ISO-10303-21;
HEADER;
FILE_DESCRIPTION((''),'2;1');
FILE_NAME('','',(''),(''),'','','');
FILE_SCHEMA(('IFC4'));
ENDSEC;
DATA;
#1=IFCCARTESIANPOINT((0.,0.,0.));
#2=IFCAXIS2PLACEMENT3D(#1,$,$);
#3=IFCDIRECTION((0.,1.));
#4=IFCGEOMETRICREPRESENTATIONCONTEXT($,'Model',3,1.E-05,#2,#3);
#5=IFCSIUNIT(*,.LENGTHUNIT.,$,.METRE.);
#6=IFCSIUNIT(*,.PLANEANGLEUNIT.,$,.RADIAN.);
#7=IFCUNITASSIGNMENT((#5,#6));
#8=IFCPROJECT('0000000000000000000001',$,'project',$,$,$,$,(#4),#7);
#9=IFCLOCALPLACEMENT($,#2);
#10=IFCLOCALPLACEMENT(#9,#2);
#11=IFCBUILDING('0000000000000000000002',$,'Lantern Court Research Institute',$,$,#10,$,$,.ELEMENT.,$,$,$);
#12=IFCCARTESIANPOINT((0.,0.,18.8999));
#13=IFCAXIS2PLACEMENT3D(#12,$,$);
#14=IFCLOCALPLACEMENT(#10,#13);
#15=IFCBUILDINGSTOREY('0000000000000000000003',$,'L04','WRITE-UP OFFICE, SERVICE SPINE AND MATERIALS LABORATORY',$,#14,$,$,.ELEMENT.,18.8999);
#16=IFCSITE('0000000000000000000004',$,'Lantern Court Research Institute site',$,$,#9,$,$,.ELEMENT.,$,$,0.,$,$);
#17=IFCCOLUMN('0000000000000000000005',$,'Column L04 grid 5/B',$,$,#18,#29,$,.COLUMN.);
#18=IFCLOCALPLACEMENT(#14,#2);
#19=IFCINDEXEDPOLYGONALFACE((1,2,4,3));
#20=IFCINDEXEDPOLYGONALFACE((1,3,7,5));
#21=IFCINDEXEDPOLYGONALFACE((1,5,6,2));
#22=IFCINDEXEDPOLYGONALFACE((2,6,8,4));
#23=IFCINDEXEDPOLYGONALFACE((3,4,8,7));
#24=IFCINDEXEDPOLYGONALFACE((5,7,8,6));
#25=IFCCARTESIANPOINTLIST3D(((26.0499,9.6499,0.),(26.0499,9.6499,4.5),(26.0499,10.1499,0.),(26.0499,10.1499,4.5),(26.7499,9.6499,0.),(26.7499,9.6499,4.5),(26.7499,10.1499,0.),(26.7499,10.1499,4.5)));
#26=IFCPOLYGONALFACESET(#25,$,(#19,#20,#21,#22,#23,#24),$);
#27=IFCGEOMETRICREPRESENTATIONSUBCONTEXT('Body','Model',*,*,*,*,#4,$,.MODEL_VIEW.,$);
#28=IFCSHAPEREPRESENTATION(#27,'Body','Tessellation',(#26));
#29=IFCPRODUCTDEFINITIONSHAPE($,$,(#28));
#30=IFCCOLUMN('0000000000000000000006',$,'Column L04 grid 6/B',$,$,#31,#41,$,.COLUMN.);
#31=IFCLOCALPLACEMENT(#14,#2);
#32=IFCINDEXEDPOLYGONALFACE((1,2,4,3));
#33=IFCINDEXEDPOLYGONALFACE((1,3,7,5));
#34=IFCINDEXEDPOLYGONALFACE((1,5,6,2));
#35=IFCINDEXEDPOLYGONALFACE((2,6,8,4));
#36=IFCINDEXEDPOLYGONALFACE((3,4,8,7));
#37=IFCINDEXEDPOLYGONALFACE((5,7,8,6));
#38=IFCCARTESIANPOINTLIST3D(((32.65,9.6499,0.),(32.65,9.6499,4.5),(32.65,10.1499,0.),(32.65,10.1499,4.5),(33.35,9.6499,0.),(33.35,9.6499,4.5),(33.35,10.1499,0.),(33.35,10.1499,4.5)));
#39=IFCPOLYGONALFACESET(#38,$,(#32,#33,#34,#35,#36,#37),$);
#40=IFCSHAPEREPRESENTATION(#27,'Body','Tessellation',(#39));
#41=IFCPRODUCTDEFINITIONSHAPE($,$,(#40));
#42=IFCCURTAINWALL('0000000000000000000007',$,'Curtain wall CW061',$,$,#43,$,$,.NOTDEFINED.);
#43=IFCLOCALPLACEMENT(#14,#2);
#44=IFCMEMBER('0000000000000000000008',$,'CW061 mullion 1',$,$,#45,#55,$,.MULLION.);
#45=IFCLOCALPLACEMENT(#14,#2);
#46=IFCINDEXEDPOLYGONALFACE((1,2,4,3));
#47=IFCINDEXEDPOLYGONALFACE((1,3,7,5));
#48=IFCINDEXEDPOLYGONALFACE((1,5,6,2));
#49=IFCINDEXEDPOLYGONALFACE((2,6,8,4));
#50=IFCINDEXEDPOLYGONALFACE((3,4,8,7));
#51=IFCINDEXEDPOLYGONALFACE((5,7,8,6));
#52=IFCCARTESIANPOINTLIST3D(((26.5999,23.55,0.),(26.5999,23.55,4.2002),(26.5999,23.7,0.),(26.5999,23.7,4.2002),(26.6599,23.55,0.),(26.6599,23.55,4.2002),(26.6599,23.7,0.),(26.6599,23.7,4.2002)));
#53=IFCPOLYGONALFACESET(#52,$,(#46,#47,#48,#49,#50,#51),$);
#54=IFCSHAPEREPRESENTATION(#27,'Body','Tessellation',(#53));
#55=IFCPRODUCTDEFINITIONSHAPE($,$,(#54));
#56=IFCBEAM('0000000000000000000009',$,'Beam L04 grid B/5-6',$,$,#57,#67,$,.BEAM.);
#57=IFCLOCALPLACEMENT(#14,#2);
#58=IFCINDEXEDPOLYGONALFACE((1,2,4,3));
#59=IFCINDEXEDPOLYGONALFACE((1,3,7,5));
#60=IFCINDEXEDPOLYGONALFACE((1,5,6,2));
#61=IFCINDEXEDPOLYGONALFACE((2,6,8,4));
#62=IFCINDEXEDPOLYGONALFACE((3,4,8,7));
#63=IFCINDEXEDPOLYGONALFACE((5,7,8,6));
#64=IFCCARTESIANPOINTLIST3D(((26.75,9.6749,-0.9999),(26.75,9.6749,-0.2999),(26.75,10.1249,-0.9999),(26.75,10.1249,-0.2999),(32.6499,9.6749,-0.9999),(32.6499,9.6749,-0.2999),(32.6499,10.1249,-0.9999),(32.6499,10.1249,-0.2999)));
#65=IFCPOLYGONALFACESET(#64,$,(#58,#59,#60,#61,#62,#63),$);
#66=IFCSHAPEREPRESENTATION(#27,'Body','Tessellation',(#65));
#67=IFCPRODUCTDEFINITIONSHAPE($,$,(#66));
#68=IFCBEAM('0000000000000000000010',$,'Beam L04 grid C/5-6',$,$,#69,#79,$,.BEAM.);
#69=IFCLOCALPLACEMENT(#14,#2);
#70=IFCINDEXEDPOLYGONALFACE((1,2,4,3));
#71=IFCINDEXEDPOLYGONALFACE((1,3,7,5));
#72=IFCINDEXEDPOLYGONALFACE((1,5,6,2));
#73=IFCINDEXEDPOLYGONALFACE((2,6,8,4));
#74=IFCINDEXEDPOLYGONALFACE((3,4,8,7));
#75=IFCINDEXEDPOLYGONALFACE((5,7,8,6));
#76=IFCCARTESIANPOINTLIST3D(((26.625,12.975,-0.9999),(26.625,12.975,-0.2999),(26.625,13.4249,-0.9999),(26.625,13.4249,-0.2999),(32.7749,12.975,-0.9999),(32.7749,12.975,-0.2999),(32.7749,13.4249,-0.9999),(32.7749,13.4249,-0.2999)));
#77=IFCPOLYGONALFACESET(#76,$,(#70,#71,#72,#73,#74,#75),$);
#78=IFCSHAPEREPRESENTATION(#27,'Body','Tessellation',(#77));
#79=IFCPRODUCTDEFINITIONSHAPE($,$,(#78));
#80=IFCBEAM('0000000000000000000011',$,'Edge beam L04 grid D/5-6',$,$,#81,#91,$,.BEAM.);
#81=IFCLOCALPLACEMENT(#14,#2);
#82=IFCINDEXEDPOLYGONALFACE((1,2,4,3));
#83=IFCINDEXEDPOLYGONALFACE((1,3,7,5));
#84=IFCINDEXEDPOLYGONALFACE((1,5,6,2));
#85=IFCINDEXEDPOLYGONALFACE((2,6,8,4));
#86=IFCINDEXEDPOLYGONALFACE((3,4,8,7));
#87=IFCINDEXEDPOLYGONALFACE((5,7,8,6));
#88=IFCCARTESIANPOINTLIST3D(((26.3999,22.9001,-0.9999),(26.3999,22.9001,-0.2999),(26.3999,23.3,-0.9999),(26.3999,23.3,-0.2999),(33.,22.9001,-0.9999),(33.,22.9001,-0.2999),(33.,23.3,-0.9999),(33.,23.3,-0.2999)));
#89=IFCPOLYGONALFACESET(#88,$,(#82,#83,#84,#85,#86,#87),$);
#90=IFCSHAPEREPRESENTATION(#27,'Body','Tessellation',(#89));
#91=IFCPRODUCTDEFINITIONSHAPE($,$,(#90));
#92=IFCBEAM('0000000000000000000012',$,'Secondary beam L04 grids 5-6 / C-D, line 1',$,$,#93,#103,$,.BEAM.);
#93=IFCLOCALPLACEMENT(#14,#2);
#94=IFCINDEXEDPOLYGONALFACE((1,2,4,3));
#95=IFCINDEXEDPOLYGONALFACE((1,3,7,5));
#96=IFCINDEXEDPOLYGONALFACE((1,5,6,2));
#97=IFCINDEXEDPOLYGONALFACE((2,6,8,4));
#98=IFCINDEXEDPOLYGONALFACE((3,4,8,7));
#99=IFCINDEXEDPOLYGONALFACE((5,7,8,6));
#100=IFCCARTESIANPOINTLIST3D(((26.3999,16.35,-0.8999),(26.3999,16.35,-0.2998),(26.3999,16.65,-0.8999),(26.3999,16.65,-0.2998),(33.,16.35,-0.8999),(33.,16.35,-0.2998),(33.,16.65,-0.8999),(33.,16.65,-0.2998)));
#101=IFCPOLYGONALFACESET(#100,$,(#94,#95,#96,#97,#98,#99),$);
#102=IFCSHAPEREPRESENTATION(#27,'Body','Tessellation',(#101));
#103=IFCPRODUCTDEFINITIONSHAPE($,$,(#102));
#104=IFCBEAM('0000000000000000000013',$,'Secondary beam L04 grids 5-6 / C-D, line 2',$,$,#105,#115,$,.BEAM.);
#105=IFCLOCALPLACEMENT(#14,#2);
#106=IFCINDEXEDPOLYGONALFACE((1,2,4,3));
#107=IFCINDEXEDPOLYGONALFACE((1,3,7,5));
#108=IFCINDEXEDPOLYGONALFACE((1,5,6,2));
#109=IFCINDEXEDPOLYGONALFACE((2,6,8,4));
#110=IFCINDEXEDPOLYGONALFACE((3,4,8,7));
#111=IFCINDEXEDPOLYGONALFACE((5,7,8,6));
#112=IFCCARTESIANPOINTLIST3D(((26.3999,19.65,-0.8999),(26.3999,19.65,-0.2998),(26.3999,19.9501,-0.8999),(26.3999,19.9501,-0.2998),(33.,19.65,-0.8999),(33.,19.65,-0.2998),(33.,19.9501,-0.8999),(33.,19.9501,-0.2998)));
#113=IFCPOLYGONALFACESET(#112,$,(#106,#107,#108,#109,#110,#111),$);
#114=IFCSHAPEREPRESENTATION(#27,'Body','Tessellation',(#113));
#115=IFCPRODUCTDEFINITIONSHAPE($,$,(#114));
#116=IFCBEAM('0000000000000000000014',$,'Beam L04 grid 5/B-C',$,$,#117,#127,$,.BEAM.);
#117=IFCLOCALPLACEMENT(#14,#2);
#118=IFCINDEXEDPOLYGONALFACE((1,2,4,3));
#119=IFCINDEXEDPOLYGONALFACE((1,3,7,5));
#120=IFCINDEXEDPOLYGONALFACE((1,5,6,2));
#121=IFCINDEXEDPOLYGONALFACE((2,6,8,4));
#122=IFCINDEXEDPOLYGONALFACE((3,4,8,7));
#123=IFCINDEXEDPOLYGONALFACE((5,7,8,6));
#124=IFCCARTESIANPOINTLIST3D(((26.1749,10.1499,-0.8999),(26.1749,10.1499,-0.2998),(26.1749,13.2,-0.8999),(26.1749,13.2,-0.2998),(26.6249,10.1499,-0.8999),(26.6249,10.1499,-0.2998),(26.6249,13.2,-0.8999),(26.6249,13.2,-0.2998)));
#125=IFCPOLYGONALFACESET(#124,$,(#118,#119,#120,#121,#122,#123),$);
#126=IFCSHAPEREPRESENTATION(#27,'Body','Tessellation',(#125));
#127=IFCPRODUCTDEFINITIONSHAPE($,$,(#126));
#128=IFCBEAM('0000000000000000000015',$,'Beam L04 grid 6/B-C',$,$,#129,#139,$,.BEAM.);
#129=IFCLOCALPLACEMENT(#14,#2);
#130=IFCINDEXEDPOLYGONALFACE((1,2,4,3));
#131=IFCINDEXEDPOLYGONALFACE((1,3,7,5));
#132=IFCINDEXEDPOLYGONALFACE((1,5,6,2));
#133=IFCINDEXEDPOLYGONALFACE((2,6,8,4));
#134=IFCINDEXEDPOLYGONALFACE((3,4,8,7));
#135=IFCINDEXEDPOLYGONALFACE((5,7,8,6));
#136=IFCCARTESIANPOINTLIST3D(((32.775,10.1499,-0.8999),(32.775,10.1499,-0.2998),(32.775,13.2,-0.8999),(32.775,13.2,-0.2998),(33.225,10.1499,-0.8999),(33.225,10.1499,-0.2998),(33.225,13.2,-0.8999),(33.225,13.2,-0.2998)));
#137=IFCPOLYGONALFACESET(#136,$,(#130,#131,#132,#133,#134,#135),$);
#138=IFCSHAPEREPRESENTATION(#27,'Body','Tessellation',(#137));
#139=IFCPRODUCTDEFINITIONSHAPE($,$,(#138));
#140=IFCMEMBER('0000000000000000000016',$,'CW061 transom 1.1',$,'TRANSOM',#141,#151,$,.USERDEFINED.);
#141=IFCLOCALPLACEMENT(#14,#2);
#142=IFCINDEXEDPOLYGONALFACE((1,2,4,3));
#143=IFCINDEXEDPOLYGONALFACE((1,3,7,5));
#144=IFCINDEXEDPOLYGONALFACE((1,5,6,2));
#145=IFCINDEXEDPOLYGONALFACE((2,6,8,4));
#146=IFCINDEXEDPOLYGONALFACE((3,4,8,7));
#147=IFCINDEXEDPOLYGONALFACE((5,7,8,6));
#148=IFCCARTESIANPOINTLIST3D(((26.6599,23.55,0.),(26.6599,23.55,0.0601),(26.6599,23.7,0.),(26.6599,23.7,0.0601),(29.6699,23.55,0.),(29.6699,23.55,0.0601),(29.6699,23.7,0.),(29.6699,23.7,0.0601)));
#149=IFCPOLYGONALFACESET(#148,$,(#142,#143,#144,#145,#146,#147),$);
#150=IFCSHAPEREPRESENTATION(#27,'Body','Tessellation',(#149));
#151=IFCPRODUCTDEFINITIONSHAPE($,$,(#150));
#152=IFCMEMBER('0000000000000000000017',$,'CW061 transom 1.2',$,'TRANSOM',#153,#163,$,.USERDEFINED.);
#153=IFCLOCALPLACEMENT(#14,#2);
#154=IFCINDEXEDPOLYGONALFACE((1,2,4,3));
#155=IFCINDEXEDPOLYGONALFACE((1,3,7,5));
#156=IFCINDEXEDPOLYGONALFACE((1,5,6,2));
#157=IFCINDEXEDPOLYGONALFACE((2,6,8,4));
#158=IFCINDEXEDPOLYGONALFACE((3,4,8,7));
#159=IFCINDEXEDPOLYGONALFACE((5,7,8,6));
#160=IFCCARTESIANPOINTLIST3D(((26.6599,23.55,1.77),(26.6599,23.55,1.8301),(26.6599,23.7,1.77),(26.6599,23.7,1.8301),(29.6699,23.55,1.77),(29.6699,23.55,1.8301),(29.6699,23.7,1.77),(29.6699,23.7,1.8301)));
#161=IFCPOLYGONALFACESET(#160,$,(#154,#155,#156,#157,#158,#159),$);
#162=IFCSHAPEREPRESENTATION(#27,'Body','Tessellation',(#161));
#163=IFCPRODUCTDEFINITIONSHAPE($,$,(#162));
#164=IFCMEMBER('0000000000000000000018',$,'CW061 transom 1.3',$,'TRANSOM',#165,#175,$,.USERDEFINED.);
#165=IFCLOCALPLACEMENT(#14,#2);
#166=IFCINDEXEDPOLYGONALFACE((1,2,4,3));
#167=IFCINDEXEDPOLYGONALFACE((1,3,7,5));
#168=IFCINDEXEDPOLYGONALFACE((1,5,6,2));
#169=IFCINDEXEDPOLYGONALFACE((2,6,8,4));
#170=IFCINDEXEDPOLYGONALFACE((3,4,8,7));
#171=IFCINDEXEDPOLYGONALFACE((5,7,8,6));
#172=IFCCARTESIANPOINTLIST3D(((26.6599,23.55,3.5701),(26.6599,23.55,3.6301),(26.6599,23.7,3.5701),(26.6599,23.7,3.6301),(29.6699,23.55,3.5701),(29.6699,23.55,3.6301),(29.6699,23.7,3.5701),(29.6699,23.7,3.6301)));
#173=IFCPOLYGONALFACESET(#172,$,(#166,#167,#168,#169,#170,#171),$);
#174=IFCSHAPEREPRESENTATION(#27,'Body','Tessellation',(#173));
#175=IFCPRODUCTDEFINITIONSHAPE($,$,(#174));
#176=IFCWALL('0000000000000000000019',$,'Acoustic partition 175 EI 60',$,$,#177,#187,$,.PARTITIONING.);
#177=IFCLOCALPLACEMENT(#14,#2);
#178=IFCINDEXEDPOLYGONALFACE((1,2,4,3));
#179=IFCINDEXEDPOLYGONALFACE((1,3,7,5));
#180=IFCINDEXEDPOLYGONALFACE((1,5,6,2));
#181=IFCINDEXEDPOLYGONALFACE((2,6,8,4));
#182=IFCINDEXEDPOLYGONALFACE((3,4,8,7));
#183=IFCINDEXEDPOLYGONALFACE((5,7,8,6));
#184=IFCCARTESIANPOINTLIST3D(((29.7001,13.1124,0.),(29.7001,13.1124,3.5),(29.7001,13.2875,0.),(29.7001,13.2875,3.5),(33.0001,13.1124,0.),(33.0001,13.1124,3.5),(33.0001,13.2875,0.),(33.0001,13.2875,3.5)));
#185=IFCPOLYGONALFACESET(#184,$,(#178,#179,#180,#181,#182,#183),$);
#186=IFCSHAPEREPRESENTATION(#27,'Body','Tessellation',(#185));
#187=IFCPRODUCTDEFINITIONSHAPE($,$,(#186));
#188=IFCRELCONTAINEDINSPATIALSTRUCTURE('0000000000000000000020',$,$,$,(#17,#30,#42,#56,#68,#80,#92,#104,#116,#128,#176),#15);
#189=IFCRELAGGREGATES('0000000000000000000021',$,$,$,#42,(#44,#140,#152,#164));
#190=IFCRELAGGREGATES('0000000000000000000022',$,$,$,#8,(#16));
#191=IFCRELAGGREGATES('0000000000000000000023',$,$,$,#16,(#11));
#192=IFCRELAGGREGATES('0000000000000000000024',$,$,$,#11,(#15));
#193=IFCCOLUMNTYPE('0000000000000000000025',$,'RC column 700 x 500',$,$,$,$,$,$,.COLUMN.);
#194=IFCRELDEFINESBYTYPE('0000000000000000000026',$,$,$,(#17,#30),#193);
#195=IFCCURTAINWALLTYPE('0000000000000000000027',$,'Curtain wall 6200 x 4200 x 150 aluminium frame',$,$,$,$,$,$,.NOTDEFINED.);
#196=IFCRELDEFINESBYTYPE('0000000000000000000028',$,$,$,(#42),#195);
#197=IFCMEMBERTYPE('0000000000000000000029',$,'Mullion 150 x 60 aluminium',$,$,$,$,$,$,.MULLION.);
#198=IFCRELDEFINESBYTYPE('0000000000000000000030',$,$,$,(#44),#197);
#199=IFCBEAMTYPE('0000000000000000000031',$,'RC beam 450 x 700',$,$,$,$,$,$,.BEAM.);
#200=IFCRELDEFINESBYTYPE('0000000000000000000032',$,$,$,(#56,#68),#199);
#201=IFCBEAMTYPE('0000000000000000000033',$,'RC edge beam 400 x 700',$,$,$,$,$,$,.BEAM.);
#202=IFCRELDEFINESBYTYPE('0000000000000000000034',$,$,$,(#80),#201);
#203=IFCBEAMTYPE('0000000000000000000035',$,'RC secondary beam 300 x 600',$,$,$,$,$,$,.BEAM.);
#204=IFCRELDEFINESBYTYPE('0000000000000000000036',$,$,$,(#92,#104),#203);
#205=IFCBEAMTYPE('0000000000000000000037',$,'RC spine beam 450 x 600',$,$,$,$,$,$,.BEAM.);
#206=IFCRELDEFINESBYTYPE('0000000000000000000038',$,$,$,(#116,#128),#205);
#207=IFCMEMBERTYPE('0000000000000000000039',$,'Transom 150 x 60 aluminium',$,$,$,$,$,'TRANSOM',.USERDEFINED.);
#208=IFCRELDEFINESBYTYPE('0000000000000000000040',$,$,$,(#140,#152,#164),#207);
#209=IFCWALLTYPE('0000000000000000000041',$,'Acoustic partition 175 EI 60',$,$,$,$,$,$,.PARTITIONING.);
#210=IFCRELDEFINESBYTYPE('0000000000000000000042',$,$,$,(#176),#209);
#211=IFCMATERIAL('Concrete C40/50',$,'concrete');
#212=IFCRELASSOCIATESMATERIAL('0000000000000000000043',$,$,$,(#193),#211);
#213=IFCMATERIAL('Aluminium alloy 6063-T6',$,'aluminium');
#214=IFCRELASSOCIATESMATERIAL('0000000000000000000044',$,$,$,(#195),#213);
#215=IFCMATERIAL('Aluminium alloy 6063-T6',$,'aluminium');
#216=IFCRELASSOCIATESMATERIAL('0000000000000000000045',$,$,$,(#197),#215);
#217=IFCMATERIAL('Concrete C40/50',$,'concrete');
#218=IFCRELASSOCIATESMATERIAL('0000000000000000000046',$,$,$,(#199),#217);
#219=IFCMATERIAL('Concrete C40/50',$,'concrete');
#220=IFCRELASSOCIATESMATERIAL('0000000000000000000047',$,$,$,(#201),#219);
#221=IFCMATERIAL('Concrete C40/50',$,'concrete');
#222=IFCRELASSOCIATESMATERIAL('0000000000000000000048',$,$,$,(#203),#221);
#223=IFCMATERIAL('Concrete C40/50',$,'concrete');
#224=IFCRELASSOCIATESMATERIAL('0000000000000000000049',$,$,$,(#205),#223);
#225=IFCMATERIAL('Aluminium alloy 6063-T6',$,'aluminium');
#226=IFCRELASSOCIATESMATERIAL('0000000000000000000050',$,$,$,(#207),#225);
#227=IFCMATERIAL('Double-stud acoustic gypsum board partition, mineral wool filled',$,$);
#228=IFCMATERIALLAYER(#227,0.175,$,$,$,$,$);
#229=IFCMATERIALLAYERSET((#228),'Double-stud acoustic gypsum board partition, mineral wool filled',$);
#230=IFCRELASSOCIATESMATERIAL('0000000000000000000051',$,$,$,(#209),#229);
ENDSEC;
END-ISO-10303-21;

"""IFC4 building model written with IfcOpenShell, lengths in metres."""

from ifc_helpers import new_model, si_unit, direction, frame, frame_2d, origin, origin_2d, place, context, subcontext, project, spatial, rectangle, extrude, material, layer, layer_set, material_profile, profile_set, type_object, element, aggregate, save


model = new_model("IFC4")

# Units and contexts
model_context = context("Model", 3, precision=1e-05, world=origin(), true_north=direction((0.0, 1.0)))
body_context = subcontext(model_context, "Body", "Model", "MODEL_VIEW")
ifc_project = project(units=[si_unit("LENGTHUNIT", "METRE"), si_unit("PLANEANGLEUNIT", "RADIAN")], contexts=[model_context])

# Site, building, storey
site_placement = place(None, origin())
site = spatial("IfcSite", under=ifc_project, at=site_placement, Name="Lantern Court Research Institute site", CompositionType="ELEMENT", RefElevation=0.0)
building_placement = place(site_placement, origin())
building = spatial("IfcBuilding", under=site, at=building_placement, Name="Lantern Court Research Institute", CompositionType="ELEMENT")
storey_placement = place(building_placement, frame((0.0, 0.0, 18.8999)))
storey = spatial("IfcBuildingStorey", under=building, at=storey_placement, Name="L04", Description="WRITE-UP OFFICE, SERVICE SPINE AND MATERIALS LABORATORY", CompositionType="ELEMENT", Elevation=18.8999)

# Columns
ifc_material_1 = material(Name="Concrete C40/50", Category="concrete")
ifc_material_profile_1 = material_profile(ifc_material_1, rectangle(XDim=0.7, YDim=0.5, at=origin_2d()), Name="RC column 700 x 500")
ifc_profile_set_1 = profile_set([ifc_material_profile_1], Name="Concrete C40/50")
column_type = type_object("IfcColumnType", Name="RC column 700 x 500", PredefinedType="COLUMN", material=ifc_profile_set_1)
for number, where, z_axis, x_axis, name in (
    (1, (26.3999, 9.8999, 0.0), (0.0, 0.0, 1.0), (1.0, 0.0, 0.0), "Column L04 grid 5/B"),
    (2, (33.0, 9.8999, 0.0), (0.0, 0.0, 1.0), (1.0, 0.0, 0.0), "Column L04 grid 6/B"),
):
    element("IfcColumn", number, at=place(storey_placement, frame(where, z_axis=z_axis, x_axis=x_axis)), inside=storey, type_object=column_type, Name=name, PredefinedType="COLUMN", context=body_context, shape_type="SweptSolid", body=[
        extrude(rectangle(XDim=0.7, YDim=0.5, at=origin_2d()), origin(), (0.0, 0.0, 1.0), 4.5),
    ])

# Curtain wall, member
ifc_material_2 = material(Name="Aluminium alloy 6063-T6", Category="aluminium")
curtain_wall_type = type_object("IfcCurtainWallType", Name="Curtain wall 6200 x 4200 x 150 aluminium frame", PredefinedType="NOTDEFINED", material=ifc_material_2)
curtain_wall_placement = place(storey_placement, origin())
curtain_wall = element("IfcCurtainWall", 3, at=curtain_wall_placement, inside=storey, type_object=curtain_wall_type, Name="Curtain wall CW061", PredefinedType="NOTDEFINED")
ifc_material_3 = material(Name="Aluminium alloy 6063-T6", Category="aluminium")
ifc_material_profile_2 = material_profile(ifc_material_3, rectangle(XDim=0.1499, YDim=0.0601, at=origin_2d()), Name="Mullion 150 x 60")
ifc_profile_set_2 = profile_set([ifc_material_profile_2], Name="Aluminium alloy 6063-T6")
member_type_1 = type_object("IfcMemberType", Name="Mullion 150 x 60 aluminium", PredefinedType="MULLION", material=ifc_profile_set_2)
member_1_placement = place(storey_placement, frame((26.6299, 23.625, 0.0), z_axis=(0.0, 0.0, 1.0), x_axis=(0.0, 1.0, 0.0)))
member_1 = element("IfcMember", 4, at=member_1_placement, type_object=member_type_1, Name="CW061 mullion 1", PredefinedType="MULLION", context=body_context, shape_type="SweptSolid", body=[
    extrude(rectangle(XDim=0.1499, YDim=0.0601, at=origin_2d()), origin(), (0.0, 0.0, 1.0), 4.2002),
])

# Beams
ifc_material_4 = material(Name="Concrete C40/50", Category="concrete")
ifc_material_profile_3 = material_profile(ifc_material_4, rectangle(XDim=0.45, YDim=0.7, at=origin_2d()), Name="RC beam 450 x 700")
ifc_profile_set_3 = profile_set([ifc_material_profile_3], Name="Concrete C40/50")
beam_type_1 = type_object("IfcBeamType", Name="RC beam 450 x 700", PredefinedType="BEAM", material=ifc_profile_set_3)
beam_1_placement = place(storey_placement, frame((26.75, 9.8999, -0.6499), z_axis=(1.0, 0.0, 0.0), x_axis=(0.0, 1.0, 0.0)))
element("IfcBeam", 5, at=beam_1_placement, inside=storey, type_object=beam_type_1, Name="Beam L04 grid B/5-6", PredefinedType="BEAM", context=body_context, shape_type="SweptSolid", body=[
    extrude(rectangle(XDim=0.45, YDim=0.7, at=origin_2d()), origin(), (0.0, 0.0, 1.0), 5.8999),
])
beam_2_placement = place(storey_placement, frame((26.625, 13.2, -0.6499), z_axis=(1.0, 0.0, 0.0), x_axis=(0.0, 1.0, 0.0)))
element("IfcBeam", 6, at=beam_2_placement, inside=storey, type_object=beam_type_1, Name="Beam L04 grid C/5-6", PredefinedType="BEAM", context=body_context, shape_type="SweptSolid", body=[
    extrude(rectangle(XDim=0.45, YDim=0.7, at=origin_2d()), origin(), (0.0, 0.0, 1.0), 6.1499),
])
ifc_material_5 = material(Name="Concrete C40/50", Category="concrete")
ifc_material_profile_4 = material_profile(ifc_material_5, rectangle(XDim=0.3999, YDim=0.7, at=origin_2d()), Name="RC beam 400 x 700")
ifc_profile_set_4 = profile_set([ifc_material_profile_4], Name="Concrete C40/50")
beam_type_2 = type_object("IfcBeamType", Name="RC edge beam 400 x 700", PredefinedType="BEAM", material=ifc_profile_set_4)
beam_3_placement = place(storey_placement, frame((26.3999, 23.1001, -0.6499), z_axis=(1.0, 0.0, 0.0), x_axis=(0.0, 1.0, 0.0)))
element("IfcBeam", 7, at=beam_3_placement, inside=storey, type_object=beam_type_2, Name="Edge beam L04 grid D/5-6", PredefinedType="BEAM", context=body_context, shape_type="SweptSolid", body=[
    extrude(rectangle(XDim=0.3999, YDim=0.7, at=origin_2d()), origin(), (0.0, 0.0, 1.0), 6.6001),
])
ifc_material_6 = material(Name="Concrete C40/50", Category="concrete")
ifc_material_profile_5 = material_profile(ifc_material_6, rectangle(XDim=0.3, YDim=0.6001, at=origin_2d()), Name="RC beam 300 x 600")
ifc_profile_set_5 = profile_set([ifc_material_profile_5], Name="Concrete C40/50")
beam_type_3 = type_object("IfcBeamType", Name="RC secondary beam 300 x 600", PredefinedType="BEAM", material=ifc_profile_set_5)
for number, where, z_axis, x_axis, name in (
    (8, (26.3999, 16.5, -0.5999), (1.0, 0.0, 0.0), (0.0, 1.0, 0.0), "Secondary beam L04 grids 5-6 / C-D, line 1"),
    (9, (26.3999, 19.8, -0.5999), (1.0, 0.0, 0.0), (0.0, 1.0, 0.0), "Secondary beam L04 grids 5-6 / C-D, line 2"),
):
    element("IfcBeam", number, at=place(storey_placement, frame(where, z_axis=z_axis, x_axis=x_axis)), inside=storey, type_object=beam_type_3, Name=name, PredefinedType="BEAM", context=body_context, shape_type="SweptSolid", body=[
        extrude(rectangle(XDim=0.3, YDim=0.6001, at=origin_2d()), origin(), (0.0, 0.0, 1.0), 6.6001),
    ])
ifc_material_7 = material(Name="Concrete C40/50", Category="concrete")
ifc_material_profile_6 = material_profile(ifc_material_7, rectangle(XDim=0.45, YDim=0.6001, at=origin_2d()), Name="RC beam 450 x 600")
ifc_profile_set_6 = profile_set([ifc_material_profile_6], Name="Concrete C40/50")
beam_type_4 = type_object("IfcBeamType", Name="RC spine beam 450 x 600", PredefinedType="BEAM", material=ifc_profile_set_6)
for number, where, z_axis, x_axis, name in (
    (10, (26.3999, 10.1499, -0.5999), (0.0, 1.0, 0.0), (-1.0, 0.0, 0.0), "Beam L04 grid 5/B-C"),
    (11, (33.0, 10.1499, -0.5999), (0.0, 1.0, 0.0), (-1.0, 0.0, 0.0), "Beam L04 grid 6/B-C"),
):
    element("IfcBeam", number, at=place(storey_placement, frame(where, z_axis=z_axis, x_axis=x_axis)), inside=storey, type_object=beam_type_4, Name=name, PredefinedType="BEAM", context=body_context, shape_type="SweptSolid", body=[
        extrude(rectangle(XDim=0.45, YDim=0.6001, at=origin_2d()), origin(), (0.0, 0.0, 1.0), 3.05),
    ])

# Members
ifc_material_8 = material(Name="Aluminium alloy 6063-T6", Category="aluminium")
ifc_material_profile_7 = material_profile(ifc_material_8, rectangle(XDim=0.1499, YDim=0.0601, at=origin_2d()), Name="Transom 150 x 60")
ifc_profile_set_7 = profile_set([ifc_material_profile_7], Name="Aluminium alloy 6063-T6")
member_type_2 = type_object("IfcMemberType", Name="Transom 150 x 60 aluminium", ElementType="TRANSOM", PredefinedType="USERDEFINED", material=ifc_profile_set_7)
member_2_placement = place(storey_placement, frame((26.6599, 23.625, 0.03), z_axis=(1.0, 0.0, 0.0), x_axis=(0.0, 1.0, 0.0)))
member_2 = element("IfcMember", 12, at=member_2_placement, type_object=member_type_2, Name="CW061 transom 1.1", ObjectType="TRANSOM", PredefinedType="USERDEFINED", context=body_context, shape_type="SweptSolid", body=[
    extrude(rectangle(XDim=0.1499, YDim=0.0601, at=origin_2d()), origin(), (0.0, 0.0, 1.0), 3.01),
])
member_3_placement = place(storey_placement, frame((26.6599, 23.625, 1.8), z_axis=(1.0, 0.0, 0.0), x_axis=(0.0, 1.0, 0.0)))
member_3 = element("IfcMember", 13, at=member_3_placement, type_object=member_type_2, Name="CW061 transom 1.2", ObjectType="TRANSOM", PredefinedType="USERDEFINED", context=body_context, shape_type="SweptSolid", body=[
    extrude(rectangle(XDim=0.1499, YDim=0.0601, at=origin_2d()), origin(), (0.0, 0.0, 1.0), 3.01),
])
member_4_placement = place(storey_placement, frame((26.6599, 23.625, 3.6001), z_axis=(1.0, 0.0, 0.0), x_axis=(0.0, 1.0, 0.0)))
member_4 = element("IfcMember", 14, at=member_4_placement, type_object=member_type_2, Name="CW061 transom 1.3", ObjectType="TRANSOM", PredefinedType="USERDEFINED", context=body_context, shape_type="SweptSolid", body=[
    extrude(rectangle(XDim=0.1499, YDim=0.0601, at=origin_2d()), origin(), (0.0, 0.0, 1.0), 3.01),
])
aggregate(curtain_wall, [member_1, member_2, member_3, member_4])

# Wall
ifc_material_9 = material(Name="Double-stud acoustic gypsum board partition, mineral wool filled")
ifc_layer_1 = layer(ifc_material_9, 0.175)
ifc_layer_set_1 = layer_set([ifc_layer_1], Name="Double-stud acoustic gypsum board partition, mineral wool filled")
wall_type_1 = type_object("IfcWallType", Name="Acoustic partition 175 EI 60", PredefinedType="PARTITIONING", material=ifc_layer_set_1)
wall_1_placement = place(storey_placement, frame((33.0, 13.2, 0.0), z_axis=(0.0, 0.0, 1.0), x_axis=(-1.0, 0.0, 0.0)))
element("IfcWall", 15, at=wall_1_placement, inside=storey, type_object=wall_type_1, Name="Acoustic partition 175 EI 60", PredefinedType="PARTITIONING", context=body_context, shape_type="SweptSolid", body=[
    extrude(rectangle(XDim=3.3, YDim=0.175, at=frame_2d((1.6499, 0.0))), origin(), (0.0, 0.0, 1.0), 3.5),
])

save(model, "model.ifc")
